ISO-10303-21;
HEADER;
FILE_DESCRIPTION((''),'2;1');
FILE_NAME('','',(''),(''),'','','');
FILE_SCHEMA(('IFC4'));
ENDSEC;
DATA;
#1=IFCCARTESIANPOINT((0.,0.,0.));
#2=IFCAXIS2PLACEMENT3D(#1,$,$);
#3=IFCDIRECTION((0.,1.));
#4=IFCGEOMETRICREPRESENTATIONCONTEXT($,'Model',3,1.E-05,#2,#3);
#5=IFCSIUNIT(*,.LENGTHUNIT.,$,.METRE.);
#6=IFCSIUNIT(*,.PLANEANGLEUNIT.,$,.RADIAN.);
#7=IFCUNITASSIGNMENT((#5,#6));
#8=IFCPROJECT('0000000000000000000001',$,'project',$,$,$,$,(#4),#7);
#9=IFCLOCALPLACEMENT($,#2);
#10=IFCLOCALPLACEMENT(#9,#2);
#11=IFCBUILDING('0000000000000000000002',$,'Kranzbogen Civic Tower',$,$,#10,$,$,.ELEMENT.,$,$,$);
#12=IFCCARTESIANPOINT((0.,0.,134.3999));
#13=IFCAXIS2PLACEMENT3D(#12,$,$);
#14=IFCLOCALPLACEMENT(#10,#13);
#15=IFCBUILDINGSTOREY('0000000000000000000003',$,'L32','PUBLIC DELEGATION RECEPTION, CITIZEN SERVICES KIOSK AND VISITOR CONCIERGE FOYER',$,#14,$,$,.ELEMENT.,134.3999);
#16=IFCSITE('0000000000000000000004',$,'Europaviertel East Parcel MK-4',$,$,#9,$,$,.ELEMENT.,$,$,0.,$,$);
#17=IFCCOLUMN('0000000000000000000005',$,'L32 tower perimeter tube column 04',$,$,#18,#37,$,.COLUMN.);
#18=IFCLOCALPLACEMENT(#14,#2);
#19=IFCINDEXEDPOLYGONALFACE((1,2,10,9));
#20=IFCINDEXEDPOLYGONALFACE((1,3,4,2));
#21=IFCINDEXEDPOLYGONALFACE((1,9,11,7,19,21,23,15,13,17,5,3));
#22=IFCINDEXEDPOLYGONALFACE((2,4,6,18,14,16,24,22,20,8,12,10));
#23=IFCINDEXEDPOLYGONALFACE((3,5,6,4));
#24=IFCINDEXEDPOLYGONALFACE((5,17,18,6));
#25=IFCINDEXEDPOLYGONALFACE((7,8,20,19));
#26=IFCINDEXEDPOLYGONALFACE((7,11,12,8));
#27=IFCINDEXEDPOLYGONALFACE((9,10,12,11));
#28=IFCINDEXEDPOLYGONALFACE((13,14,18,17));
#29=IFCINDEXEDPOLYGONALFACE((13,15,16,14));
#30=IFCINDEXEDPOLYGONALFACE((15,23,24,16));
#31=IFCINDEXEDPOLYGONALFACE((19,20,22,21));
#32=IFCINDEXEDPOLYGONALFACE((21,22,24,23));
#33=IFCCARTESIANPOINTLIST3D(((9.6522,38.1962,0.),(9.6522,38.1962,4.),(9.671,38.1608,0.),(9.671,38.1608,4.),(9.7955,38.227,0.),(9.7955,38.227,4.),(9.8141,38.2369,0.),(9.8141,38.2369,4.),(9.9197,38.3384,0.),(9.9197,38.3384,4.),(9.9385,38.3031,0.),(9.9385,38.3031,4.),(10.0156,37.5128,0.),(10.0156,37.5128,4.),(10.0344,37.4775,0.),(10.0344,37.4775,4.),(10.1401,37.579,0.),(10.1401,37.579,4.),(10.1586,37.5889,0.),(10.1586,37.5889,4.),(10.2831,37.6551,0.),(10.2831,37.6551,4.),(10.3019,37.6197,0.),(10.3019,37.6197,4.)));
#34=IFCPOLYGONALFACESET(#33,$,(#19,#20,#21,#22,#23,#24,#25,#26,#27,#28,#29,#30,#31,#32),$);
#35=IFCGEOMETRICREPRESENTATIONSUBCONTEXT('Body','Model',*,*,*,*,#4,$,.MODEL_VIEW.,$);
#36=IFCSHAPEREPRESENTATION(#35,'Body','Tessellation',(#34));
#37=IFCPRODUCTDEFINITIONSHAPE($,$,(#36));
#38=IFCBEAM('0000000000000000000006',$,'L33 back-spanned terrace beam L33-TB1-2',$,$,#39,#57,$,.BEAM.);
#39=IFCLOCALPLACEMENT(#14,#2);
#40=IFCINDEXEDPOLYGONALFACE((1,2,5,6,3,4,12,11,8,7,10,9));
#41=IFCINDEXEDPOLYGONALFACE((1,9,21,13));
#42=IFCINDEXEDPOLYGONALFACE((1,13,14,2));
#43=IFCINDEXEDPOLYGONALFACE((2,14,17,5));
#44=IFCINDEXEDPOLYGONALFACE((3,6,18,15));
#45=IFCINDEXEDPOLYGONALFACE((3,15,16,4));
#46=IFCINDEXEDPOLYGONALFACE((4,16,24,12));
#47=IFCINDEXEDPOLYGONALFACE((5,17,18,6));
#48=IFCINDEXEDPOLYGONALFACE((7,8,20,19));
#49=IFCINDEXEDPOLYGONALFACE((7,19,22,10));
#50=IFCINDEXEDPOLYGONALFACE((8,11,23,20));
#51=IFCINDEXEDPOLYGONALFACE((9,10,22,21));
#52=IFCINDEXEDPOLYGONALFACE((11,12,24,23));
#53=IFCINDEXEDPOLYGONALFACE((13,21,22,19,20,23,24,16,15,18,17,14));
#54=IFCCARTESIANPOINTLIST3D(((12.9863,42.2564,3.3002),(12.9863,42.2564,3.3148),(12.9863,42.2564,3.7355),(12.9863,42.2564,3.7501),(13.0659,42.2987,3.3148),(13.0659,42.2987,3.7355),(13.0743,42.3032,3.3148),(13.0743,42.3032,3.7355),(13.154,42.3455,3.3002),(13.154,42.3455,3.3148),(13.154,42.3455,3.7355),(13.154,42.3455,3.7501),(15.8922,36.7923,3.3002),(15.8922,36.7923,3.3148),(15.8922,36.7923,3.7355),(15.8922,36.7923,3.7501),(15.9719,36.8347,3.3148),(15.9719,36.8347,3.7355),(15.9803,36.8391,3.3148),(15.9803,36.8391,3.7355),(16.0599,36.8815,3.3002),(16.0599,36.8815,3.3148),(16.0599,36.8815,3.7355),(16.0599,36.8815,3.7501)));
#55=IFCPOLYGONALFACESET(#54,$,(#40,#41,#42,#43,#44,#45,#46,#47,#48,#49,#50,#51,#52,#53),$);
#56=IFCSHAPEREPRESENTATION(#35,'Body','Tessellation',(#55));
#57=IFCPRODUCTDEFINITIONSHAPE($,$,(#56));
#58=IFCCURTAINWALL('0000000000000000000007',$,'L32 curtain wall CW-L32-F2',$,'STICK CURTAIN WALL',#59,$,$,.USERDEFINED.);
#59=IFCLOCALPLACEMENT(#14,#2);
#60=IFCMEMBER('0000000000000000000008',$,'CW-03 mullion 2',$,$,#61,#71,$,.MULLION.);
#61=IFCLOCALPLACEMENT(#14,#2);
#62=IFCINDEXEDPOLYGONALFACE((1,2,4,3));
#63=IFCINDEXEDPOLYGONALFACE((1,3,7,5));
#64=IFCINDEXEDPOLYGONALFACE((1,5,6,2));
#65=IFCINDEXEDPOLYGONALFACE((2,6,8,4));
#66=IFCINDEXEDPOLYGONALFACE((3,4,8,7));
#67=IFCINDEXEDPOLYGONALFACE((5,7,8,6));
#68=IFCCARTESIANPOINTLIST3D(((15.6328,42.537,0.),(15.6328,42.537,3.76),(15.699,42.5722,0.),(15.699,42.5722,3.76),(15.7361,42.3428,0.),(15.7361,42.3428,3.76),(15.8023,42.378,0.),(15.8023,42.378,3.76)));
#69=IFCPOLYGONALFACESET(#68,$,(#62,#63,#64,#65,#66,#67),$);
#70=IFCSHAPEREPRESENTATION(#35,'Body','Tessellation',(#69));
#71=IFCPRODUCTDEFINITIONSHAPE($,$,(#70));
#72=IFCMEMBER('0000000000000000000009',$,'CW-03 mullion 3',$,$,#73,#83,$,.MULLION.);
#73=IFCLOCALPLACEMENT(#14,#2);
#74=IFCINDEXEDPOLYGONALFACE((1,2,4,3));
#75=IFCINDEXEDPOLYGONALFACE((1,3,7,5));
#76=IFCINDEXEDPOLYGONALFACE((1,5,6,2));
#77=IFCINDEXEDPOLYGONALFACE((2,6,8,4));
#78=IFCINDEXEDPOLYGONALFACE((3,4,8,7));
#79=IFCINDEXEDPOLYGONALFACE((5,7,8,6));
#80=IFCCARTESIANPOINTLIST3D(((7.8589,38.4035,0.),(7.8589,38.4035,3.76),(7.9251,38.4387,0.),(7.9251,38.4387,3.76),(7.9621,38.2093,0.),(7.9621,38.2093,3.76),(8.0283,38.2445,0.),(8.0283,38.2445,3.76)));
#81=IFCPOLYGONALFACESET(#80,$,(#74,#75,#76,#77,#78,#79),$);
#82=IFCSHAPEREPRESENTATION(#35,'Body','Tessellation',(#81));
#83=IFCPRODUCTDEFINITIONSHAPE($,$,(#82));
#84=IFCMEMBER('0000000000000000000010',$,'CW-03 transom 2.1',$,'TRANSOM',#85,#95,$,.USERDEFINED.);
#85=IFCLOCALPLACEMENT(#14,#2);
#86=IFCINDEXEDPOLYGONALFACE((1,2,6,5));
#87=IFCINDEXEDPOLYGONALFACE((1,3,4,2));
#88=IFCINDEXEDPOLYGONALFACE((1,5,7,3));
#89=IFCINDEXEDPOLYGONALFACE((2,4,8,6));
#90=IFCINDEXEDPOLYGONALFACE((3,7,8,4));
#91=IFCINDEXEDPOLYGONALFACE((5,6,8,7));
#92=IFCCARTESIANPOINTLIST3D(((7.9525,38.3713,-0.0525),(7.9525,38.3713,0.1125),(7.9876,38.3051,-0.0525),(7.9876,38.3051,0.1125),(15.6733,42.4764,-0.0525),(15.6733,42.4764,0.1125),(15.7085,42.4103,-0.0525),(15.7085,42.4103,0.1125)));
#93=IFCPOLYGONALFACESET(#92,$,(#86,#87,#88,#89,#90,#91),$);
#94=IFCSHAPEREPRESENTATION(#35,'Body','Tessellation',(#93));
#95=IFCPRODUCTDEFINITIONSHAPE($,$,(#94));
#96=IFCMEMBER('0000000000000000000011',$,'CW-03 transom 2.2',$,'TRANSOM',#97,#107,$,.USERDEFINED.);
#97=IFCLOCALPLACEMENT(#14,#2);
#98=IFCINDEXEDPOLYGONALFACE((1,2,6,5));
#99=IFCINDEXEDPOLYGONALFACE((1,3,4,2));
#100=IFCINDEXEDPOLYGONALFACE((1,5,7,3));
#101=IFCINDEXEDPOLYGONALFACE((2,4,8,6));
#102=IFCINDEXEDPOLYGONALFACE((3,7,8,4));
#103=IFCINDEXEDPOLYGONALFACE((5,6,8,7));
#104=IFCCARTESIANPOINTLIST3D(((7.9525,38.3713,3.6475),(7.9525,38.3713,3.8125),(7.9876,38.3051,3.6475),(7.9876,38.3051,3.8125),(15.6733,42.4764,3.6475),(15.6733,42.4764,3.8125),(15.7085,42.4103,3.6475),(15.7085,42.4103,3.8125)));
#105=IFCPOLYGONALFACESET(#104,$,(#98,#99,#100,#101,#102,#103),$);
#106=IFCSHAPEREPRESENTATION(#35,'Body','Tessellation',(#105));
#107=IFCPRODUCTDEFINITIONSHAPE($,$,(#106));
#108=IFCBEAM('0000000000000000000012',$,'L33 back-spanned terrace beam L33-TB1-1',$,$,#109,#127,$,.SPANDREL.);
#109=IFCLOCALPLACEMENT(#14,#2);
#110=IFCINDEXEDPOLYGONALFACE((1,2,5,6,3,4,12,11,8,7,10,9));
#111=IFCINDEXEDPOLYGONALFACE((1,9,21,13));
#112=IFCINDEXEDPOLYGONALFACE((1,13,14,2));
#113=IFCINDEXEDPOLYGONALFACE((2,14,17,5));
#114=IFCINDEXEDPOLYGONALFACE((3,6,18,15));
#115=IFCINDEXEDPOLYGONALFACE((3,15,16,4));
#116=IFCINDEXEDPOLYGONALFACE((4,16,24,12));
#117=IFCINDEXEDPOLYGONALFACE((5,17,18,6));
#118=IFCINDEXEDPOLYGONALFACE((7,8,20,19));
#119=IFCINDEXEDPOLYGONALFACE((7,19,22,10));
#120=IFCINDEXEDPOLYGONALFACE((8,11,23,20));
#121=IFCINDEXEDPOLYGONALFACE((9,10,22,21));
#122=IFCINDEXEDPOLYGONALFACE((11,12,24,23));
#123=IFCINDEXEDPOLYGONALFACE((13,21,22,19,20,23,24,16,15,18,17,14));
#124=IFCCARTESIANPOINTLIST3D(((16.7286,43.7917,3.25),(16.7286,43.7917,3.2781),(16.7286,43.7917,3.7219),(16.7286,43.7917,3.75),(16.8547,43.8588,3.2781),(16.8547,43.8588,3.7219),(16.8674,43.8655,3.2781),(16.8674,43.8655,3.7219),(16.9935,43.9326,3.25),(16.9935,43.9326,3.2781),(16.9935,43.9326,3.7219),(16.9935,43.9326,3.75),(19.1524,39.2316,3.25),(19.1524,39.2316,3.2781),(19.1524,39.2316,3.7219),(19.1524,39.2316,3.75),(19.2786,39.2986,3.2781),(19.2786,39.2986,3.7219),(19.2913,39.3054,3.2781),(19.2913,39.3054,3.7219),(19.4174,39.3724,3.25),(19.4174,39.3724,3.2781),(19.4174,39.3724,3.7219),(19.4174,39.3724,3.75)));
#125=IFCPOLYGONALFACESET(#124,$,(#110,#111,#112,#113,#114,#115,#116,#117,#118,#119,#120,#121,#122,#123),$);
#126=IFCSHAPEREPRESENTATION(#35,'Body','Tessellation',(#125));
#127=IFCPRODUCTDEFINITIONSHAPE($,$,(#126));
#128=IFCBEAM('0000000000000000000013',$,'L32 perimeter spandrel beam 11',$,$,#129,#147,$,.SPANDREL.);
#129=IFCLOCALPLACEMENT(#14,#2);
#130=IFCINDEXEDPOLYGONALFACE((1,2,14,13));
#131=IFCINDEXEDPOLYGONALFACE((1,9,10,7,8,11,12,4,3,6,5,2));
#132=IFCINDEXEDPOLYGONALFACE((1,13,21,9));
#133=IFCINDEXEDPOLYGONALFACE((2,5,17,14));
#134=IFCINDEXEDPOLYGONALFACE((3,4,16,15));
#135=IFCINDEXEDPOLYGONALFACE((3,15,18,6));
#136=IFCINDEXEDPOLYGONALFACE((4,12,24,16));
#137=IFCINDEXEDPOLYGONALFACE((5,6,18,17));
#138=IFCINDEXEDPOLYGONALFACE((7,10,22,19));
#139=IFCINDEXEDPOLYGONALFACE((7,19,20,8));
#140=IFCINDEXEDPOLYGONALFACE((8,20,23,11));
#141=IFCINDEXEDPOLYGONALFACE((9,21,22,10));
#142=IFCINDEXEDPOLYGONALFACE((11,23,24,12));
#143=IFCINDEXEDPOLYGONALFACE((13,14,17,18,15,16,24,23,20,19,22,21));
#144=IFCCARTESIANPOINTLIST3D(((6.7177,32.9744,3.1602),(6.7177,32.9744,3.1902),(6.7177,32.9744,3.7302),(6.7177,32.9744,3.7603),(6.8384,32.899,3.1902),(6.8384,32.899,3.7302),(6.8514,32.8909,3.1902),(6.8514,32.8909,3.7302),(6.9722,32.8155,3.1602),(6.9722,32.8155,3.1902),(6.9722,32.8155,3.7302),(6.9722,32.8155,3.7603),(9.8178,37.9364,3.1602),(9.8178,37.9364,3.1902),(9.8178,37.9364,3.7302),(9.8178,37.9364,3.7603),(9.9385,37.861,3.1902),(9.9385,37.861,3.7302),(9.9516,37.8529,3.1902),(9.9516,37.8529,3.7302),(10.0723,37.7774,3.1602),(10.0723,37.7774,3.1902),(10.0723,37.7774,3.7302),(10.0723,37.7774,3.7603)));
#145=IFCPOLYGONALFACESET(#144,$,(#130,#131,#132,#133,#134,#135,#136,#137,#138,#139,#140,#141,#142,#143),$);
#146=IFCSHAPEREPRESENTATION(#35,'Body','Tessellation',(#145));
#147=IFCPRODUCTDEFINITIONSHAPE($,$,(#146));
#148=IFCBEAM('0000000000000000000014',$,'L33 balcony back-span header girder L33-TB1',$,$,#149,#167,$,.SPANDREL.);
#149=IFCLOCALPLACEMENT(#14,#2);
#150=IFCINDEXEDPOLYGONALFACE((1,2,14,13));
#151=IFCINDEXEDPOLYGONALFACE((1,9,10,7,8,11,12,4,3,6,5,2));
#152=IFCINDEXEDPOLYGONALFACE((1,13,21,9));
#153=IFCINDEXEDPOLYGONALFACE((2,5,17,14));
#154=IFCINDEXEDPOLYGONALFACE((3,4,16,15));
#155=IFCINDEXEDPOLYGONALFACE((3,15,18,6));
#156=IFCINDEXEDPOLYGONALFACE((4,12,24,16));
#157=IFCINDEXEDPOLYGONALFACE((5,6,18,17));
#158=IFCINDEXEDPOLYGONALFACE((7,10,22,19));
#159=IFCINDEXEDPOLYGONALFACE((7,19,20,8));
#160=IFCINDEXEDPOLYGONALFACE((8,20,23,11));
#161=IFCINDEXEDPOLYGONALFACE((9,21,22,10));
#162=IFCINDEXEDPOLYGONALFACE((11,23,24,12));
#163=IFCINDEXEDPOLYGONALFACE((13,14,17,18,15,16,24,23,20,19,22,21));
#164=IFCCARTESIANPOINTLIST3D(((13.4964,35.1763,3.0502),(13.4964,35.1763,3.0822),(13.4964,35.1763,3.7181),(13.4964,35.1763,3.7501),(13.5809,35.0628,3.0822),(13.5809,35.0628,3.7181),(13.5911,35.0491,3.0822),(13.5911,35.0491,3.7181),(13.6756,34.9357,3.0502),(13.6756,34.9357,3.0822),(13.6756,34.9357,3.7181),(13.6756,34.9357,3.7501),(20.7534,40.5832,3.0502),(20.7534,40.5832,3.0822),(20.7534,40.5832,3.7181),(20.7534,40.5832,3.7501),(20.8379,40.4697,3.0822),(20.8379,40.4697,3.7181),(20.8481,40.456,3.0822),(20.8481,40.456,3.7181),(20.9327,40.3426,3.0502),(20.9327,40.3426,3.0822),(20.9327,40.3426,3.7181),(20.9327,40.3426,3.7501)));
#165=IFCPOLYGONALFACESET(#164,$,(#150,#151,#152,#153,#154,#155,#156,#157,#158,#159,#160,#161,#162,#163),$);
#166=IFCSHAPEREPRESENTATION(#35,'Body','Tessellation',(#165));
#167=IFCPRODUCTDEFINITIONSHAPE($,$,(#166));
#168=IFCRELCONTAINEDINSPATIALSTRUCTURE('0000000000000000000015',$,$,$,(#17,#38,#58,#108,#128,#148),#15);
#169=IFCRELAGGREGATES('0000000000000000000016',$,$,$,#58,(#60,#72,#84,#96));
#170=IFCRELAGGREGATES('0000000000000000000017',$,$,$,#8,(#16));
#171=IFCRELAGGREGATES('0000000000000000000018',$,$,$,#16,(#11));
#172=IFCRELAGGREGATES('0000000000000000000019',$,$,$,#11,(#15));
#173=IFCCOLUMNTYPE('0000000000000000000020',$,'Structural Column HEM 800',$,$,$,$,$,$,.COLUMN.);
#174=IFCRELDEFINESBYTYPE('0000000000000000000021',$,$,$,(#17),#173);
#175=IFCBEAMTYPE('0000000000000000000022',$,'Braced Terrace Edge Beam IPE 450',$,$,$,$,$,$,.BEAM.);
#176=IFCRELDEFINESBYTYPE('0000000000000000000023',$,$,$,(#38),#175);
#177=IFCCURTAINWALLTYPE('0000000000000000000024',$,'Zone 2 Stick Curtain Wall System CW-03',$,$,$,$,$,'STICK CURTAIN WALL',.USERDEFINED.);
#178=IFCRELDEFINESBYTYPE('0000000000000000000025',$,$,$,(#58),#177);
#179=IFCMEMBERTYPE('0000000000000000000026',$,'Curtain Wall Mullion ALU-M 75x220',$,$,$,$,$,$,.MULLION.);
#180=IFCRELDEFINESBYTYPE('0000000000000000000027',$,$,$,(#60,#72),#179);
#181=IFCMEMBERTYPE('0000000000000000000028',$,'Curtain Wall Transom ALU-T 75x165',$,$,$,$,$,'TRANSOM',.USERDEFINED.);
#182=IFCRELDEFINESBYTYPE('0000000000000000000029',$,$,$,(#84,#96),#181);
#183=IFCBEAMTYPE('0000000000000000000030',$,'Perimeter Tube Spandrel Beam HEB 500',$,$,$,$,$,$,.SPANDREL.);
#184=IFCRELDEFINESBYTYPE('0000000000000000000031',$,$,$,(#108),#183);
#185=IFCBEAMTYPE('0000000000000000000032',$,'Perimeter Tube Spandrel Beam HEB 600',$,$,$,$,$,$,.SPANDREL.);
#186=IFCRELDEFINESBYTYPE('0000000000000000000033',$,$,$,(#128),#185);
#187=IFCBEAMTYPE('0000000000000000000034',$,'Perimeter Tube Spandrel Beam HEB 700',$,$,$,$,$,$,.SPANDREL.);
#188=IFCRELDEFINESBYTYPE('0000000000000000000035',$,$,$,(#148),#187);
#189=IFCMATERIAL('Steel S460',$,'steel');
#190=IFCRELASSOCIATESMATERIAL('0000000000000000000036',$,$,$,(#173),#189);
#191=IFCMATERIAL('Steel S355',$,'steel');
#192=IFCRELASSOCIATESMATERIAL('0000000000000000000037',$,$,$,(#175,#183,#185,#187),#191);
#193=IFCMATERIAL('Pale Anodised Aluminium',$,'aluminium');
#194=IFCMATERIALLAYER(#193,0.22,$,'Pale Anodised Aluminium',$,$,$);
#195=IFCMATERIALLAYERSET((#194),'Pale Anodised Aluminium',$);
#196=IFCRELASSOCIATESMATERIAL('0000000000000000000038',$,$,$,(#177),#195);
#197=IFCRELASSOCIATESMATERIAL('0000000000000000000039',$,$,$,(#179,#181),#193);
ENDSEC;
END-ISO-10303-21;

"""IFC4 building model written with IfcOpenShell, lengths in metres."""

from ifc_helpers import new_model, si_unit, direction, frame, origin, origin_2d, place, context, subcontext, project, spatial, rectangle, i_section, extrude, material, layer, layer_set, material_profile, profile_set, type_object, element, aggregate, save


model = new_model("IFC4")

# Units and contexts
model_context = context("Model", 3, precision=1e-05, world=origin(), true_north=direction((0.0, 1.0)))
body_context = subcontext(model_context, "Body", "Model", "MODEL_VIEW")
ifc_project = project(units=[si_unit("LENGTHUNIT", "METRE"), si_unit("PLANEANGLEUNIT", "RADIAN")], contexts=[model_context])

# Site, building, storey
site_placement = place(None, origin())
site = spatial("IfcSite", under=ifc_project, at=site_placement, Name="Europaviertel East Parcel MK-4", CompositionType="ELEMENT", RefElevation=0.0)
building_placement = place(site_placement, origin())
building = spatial("IfcBuilding", under=site, at=building_placement, Name="Kranzbogen Civic Tower", CompositionType="ELEMENT")
storey_placement = place(building_placement, frame((0.0, 0.0, 134.3999)))
storey = spatial("IfcBuildingStorey", under=building, at=storey_placement, Name="L32", Description="PUBLIC DELEGATION RECEPTION, CITIZEN SERVICES KIOSK AND VISITOR CONCIERGE FOYER", CompositionType="ELEMENT", Elevation=134.3999)

# Column
ifc_material_1 = material(Name="Steel S460", Category="steel")
ifc_material_profile_1 = material_profile(ifc_material_1, i_section(OverallWidth=0.303, OverallDepth=0.814, WebThickness=0.021, FlangeThickness=0.04, at=origin_2d()), Name="HEM 800")
ifc_profile_set_1 = profile_set([ifc_material_profile_1], Name="Steel S460")
column_type = type_object("IfcColumnType", Name="Structural Column HEM 800", PredefinedType="COLUMN", material=ifc_profile_set_1)
column_placement = place(storey_placement, frame((9.9771, 37.908, 0.0), z_axis=(0.0, 0.0, 1.0), x_axis=(0.882948, 0.469472, 0.0)))
element("IfcColumn", 1, at=column_placement, inside=storey, type_object=column_type, Name="L32 tower perimeter tube column 04", PredefinedType="COLUMN", context=body_context, shape_type="SweptSolid", body=[
    extrude(i_section(OverallWidth=0.303, OverallDepth=0.814, WebThickness=0.021, FlangeThickness=0.04, at=origin_2d()), origin(), (0.0, 0.0, 1.0), 4.0),
])

# Beam
ifc_material_2 = material(Name="Steel S355", Category="steel")
ifc_material_profile_2 = material_profile(ifc_material_2, i_section(OverallWidth=0.1899, OverallDepth=0.45, WebThickness=0.0095, FlangeThickness=0.0146, at=origin_2d()), Name="IPE 450")
ifc_profile_set_2 = profile_set([ifc_material_profile_2], Name="Steel S355")
beam_type_1 = type_object("IfcBeamType", Name="Braced Terrace Edge Beam IPE 450", PredefinedType="BEAM", material=ifc_profile_set_2)
beam_1_placement = place(storey_placement, frame((15.9761, 36.8369, 3.5251), z_axis=(-0.469558, 0.882902, 0.0), x_axis=(-0.882902, -0.469558, 0.0)))
element("IfcBeam", 2, at=beam_1_placement, inside=storey, type_object=beam_type_1, Name="L33 back-spanned terrace beam L33-TB1-2", PredefinedType="BEAM", context=body_context, shape_type="SweptSolid", body=[
    extrude(i_section(OverallWidth=0.1899, OverallDepth=0.45, WebThickness=0.0095, FlangeThickness=0.0146, at=origin_2d()), origin(), (0.0, 0.0, 1.0), 6.1887),
])

# Curtain wall, members
ifc_material_3 = material(Name="Pale Anodised Aluminium", Category="aluminium")
ifc_layer_1 = layer(ifc_material_3, 0.22, Name="Pale Anodised Aluminium")
ifc_layer_set_1 = layer_set([ifc_layer_1], Name="Pale Anodised Aluminium")
curtain_wall_type = type_object("IfcCurtainWallType", Name="Zone 2 Stick Curtain Wall System CW-03", ElementType="STICK CURTAIN WALL", PredefinedType="USERDEFINED", material=ifc_layer_set_1)
curtain_wall_placement = place(storey_placement, origin())
curtain_wall = element("IfcCurtainWall", 3, at=curtain_wall_placement, inside=storey, type_object=curtain_wall_type, Name="L32 curtain wall CW-L32-F2", ObjectType="STICK CURTAIN WALL", PredefinedType="USERDEFINED")
ifc_material_profile_3 = material_profile(ifc_material_3, rectangle(XDim=0.075, YDim=0.22, at=origin_2d()), Name="ALU-M 75x220")
ifc_profile_set_3 = profile_set([ifc_material_profile_3], Name="Pale Anodised Aluminium")
member_type_1 = type_object("IfcMemberType", Name="Curtain Wall Mullion ALU-M 75x220", PredefinedType="MULLION", material=ifc_profile_set_3)
member_1_placement = place(storey_placement, frame((15.7175, 42.4575, 0.0), z_axis=(0.0, 0.0, 1.0), x_axis=(-0.882952, -0.469463, 0.0)))
member_1 = element("IfcMember", 4, at=member_1_placement, type_object=member_type_1, Name="CW-03 mullion 2", PredefinedType="MULLION", context=body_context, shape_type="SweptSolid", body=[
    extrude(rectangle(XDim=0.075, YDim=0.22, at=origin_2d()), origin(), (0.0, 0.0, 1.0), 3.76),
])
member_2_placement = place(storey_placement, frame((7.9436, 38.324, 0.0), z_axis=(0.0, 0.0, 1.0), x_axis=(-0.882952, -0.469463, 0.0)))
member_2 = element("IfcMember", 5, at=member_2_placement, type_object=member_type_1, Name="CW-03 mullion 3", PredefinedType="MULLION", context=body_context, shape_type="SweptSolid", body=[
    extrude(rectangle(XDim=0.075, YDim=0.22, at=origin_2d()), origin(), (0.0, 0.0, 1.0), 3.76),
])
ifc_material_profile_4 = material_profile(ifc_material_3, rectangle(XDim=0.075, YDim=0.165, at=origin_2d()), Name="ALU-T 75x165")
ifc_profile_set_4 = profile_set([ifc_material_profile_4], Name="Pale Anodised Aluminium")
member_type_2 = type_object("IfcMemberType", Name="Curtain Wall Transom ALU-T 75x165", ElementType="TRANSOM", PredefinedType="USERDEFINED", material=ifc_profile_set_4)
member_3_placement = place(storey_placement, frame((15.6909, 42.4434, 0.03), z_axis=(-0.882951, -0.469465, 0.0), x_axis=(0.469465, -0.882951, 0.0)))
member_3 = element("IfcMember", 6, at=member_3_placement, type_object=member_type_2, Name="CW-03 transom 2.1", ObjectType="TRANSOM", PredefinedType="USERDEFINED", context=body_context, shape_type="SweptSolid", body=[
    extrude(rectangle(XDim=0.075, YDim=0.165, at=origin_2d()), origin(), (0.0, 0.0, 1.0), 8.7444),
])
member_4_placement = place(storey_placement, frame((15.6909, 42.4434, 3.73), z_axis=(-0.882951, -0.469465, 0.0), x_axis=(0.469465, -0.882951, 0.0)))
member_4 = element("IfcMember", 7, at=member_4_placement, type_object=member_type_2, Name="CW-03 transom 2.2", ObjectType="TRANSOM", PredefinedType="USERDEFINED", context=body_context, shape_type="SweptSolid", body=[
    extrude(rectangle(XDim=0.075, YDim=0.165, at=origin_2d()), origin(), (0.0, 0.0, 1.0), 8.7444),
])

# Beams
ifc_material_profile_5 = material_profile(ifc_material_2, i_section(OverallWidth=0.3, OverallDepth=0.5, WebThickness=0.0144, FlangeThickness=0.0281, at=origin_2d()), Name="HEB 500")
ifc_profile_set_5 = profile_set([ifc_material_profile_5], Name="Steel S355")
beam_type_2 = type_object("IfcBeamType", Name="Perimeter Tube Spandrel Beam HEB 500", PredefinedType="SPANDREL", material=ifc_profile_set_5)
beam_2_placement = place(storey_placement, frame((19.2849, 39.302, 3.5), z_axis=(-0.469351, 0.883012, 0.0), x_axis=(-0.883012, -0.469351, 0.0)))
element("IfcBeam", 8, at=beam_2_placement, inside=storey, type_object=beam_type_2, Name="L33 back-spanned terrace beam L33-TB1-1", PredefinedType="SPANDREL", context=body_context, shape_type="SweptSolid", body=[
    extrude(i_section(OverallWidth=0.3, OverallDepth=0.5, WebThickness=0.0144, FlangeThickness=0.0281, at=origin_2d()), origin(), (0.0, 0.0, 1.0), 5.1643),
])
ifc_material_profile_6 = material_profile(ifc_material_2, i_section(OverallWidth=0.3, OverallDepth=0.6001, WebThickness=0.0154, FlangeThickness=0.03, at=origin_2d()), Name="HEB 600")
ifc_profile_set_6 = profile_set([ifc_material_profile_6], Name="Steel S355")
beam_type_3 = type_object("IfcBeamType", Name="Perimeter Tube Spandrel Beam HEB 600", PredefinedType="SPANDREL", material=ifc_profile_set_6)
beam_3_placement = place(storey_placement, frame((9.9451, 37.8569, 3.4602), z_axis=(-0.529864, -0.848083, 0.0), x_axis=(0.848083, -0.529864, 0.0)))
element("IfcBeam", 9, at=beam_3_placement, inside=storey, type_object=beam_type_3, Name="L32 perimeter spandrel beam 11", PredefinedType="SPANDREL", context=body_context, shape_type="SweptSolid", body=[
    extrude(i_section(OverallWidth=0.3, OverallDepth=0.6001, WebThickness=0.0154, FlangeThickness=0.03, at=origin_2d()), origin(), (0.0, 0.0, 1.0), 5.8508),
])
ifc_material_profile_7 = material_profile(ifc_material_2, i_section(OverallWidth=0.3, OverallDepth=0.7, WebThickness=0.0171, FlangeThickness=0.032, at=origin_2d()), Name="HEB 700")
ifc_profile_set_7 = profile_set([ifc_material_profile_7], Name="Steel S355")
beam_type_4 = type_object("IfcBeamType", Name="Perimeter Tube Spandrel Beam HEB 700", PredefinedType="SPANDREL", material=ifc_profile_set_7)
beam_4_placement = place(storey_placement, frame((20.843, 40.4629, 3.4001), z_axis=(-0.801896, -0.597463, 0.0), x_axis=(0.597463, -0.801896, 0.0)))
element("IfcBeam", 10, at=beam_4_placement, inside=storey, type_object=beam_type_4, Name="L33 balcony back-span header girder L33-TB1", PredefinedType="SPANDREL", context=body_context, shape_type="SweptSolid", body=[
    extrude(i_section(OverallWidth=0.3, OverallDepth=0.7, WebThickness=0.0171, FlangeThickness=0.032, at=origin_2d()), origin(), (0.0, 0.0, 1.0), 9.0498),
])

aggregate(curtain_wall, [member_1, member_2, member_3, member_4])

save(model, "model.ifc")
